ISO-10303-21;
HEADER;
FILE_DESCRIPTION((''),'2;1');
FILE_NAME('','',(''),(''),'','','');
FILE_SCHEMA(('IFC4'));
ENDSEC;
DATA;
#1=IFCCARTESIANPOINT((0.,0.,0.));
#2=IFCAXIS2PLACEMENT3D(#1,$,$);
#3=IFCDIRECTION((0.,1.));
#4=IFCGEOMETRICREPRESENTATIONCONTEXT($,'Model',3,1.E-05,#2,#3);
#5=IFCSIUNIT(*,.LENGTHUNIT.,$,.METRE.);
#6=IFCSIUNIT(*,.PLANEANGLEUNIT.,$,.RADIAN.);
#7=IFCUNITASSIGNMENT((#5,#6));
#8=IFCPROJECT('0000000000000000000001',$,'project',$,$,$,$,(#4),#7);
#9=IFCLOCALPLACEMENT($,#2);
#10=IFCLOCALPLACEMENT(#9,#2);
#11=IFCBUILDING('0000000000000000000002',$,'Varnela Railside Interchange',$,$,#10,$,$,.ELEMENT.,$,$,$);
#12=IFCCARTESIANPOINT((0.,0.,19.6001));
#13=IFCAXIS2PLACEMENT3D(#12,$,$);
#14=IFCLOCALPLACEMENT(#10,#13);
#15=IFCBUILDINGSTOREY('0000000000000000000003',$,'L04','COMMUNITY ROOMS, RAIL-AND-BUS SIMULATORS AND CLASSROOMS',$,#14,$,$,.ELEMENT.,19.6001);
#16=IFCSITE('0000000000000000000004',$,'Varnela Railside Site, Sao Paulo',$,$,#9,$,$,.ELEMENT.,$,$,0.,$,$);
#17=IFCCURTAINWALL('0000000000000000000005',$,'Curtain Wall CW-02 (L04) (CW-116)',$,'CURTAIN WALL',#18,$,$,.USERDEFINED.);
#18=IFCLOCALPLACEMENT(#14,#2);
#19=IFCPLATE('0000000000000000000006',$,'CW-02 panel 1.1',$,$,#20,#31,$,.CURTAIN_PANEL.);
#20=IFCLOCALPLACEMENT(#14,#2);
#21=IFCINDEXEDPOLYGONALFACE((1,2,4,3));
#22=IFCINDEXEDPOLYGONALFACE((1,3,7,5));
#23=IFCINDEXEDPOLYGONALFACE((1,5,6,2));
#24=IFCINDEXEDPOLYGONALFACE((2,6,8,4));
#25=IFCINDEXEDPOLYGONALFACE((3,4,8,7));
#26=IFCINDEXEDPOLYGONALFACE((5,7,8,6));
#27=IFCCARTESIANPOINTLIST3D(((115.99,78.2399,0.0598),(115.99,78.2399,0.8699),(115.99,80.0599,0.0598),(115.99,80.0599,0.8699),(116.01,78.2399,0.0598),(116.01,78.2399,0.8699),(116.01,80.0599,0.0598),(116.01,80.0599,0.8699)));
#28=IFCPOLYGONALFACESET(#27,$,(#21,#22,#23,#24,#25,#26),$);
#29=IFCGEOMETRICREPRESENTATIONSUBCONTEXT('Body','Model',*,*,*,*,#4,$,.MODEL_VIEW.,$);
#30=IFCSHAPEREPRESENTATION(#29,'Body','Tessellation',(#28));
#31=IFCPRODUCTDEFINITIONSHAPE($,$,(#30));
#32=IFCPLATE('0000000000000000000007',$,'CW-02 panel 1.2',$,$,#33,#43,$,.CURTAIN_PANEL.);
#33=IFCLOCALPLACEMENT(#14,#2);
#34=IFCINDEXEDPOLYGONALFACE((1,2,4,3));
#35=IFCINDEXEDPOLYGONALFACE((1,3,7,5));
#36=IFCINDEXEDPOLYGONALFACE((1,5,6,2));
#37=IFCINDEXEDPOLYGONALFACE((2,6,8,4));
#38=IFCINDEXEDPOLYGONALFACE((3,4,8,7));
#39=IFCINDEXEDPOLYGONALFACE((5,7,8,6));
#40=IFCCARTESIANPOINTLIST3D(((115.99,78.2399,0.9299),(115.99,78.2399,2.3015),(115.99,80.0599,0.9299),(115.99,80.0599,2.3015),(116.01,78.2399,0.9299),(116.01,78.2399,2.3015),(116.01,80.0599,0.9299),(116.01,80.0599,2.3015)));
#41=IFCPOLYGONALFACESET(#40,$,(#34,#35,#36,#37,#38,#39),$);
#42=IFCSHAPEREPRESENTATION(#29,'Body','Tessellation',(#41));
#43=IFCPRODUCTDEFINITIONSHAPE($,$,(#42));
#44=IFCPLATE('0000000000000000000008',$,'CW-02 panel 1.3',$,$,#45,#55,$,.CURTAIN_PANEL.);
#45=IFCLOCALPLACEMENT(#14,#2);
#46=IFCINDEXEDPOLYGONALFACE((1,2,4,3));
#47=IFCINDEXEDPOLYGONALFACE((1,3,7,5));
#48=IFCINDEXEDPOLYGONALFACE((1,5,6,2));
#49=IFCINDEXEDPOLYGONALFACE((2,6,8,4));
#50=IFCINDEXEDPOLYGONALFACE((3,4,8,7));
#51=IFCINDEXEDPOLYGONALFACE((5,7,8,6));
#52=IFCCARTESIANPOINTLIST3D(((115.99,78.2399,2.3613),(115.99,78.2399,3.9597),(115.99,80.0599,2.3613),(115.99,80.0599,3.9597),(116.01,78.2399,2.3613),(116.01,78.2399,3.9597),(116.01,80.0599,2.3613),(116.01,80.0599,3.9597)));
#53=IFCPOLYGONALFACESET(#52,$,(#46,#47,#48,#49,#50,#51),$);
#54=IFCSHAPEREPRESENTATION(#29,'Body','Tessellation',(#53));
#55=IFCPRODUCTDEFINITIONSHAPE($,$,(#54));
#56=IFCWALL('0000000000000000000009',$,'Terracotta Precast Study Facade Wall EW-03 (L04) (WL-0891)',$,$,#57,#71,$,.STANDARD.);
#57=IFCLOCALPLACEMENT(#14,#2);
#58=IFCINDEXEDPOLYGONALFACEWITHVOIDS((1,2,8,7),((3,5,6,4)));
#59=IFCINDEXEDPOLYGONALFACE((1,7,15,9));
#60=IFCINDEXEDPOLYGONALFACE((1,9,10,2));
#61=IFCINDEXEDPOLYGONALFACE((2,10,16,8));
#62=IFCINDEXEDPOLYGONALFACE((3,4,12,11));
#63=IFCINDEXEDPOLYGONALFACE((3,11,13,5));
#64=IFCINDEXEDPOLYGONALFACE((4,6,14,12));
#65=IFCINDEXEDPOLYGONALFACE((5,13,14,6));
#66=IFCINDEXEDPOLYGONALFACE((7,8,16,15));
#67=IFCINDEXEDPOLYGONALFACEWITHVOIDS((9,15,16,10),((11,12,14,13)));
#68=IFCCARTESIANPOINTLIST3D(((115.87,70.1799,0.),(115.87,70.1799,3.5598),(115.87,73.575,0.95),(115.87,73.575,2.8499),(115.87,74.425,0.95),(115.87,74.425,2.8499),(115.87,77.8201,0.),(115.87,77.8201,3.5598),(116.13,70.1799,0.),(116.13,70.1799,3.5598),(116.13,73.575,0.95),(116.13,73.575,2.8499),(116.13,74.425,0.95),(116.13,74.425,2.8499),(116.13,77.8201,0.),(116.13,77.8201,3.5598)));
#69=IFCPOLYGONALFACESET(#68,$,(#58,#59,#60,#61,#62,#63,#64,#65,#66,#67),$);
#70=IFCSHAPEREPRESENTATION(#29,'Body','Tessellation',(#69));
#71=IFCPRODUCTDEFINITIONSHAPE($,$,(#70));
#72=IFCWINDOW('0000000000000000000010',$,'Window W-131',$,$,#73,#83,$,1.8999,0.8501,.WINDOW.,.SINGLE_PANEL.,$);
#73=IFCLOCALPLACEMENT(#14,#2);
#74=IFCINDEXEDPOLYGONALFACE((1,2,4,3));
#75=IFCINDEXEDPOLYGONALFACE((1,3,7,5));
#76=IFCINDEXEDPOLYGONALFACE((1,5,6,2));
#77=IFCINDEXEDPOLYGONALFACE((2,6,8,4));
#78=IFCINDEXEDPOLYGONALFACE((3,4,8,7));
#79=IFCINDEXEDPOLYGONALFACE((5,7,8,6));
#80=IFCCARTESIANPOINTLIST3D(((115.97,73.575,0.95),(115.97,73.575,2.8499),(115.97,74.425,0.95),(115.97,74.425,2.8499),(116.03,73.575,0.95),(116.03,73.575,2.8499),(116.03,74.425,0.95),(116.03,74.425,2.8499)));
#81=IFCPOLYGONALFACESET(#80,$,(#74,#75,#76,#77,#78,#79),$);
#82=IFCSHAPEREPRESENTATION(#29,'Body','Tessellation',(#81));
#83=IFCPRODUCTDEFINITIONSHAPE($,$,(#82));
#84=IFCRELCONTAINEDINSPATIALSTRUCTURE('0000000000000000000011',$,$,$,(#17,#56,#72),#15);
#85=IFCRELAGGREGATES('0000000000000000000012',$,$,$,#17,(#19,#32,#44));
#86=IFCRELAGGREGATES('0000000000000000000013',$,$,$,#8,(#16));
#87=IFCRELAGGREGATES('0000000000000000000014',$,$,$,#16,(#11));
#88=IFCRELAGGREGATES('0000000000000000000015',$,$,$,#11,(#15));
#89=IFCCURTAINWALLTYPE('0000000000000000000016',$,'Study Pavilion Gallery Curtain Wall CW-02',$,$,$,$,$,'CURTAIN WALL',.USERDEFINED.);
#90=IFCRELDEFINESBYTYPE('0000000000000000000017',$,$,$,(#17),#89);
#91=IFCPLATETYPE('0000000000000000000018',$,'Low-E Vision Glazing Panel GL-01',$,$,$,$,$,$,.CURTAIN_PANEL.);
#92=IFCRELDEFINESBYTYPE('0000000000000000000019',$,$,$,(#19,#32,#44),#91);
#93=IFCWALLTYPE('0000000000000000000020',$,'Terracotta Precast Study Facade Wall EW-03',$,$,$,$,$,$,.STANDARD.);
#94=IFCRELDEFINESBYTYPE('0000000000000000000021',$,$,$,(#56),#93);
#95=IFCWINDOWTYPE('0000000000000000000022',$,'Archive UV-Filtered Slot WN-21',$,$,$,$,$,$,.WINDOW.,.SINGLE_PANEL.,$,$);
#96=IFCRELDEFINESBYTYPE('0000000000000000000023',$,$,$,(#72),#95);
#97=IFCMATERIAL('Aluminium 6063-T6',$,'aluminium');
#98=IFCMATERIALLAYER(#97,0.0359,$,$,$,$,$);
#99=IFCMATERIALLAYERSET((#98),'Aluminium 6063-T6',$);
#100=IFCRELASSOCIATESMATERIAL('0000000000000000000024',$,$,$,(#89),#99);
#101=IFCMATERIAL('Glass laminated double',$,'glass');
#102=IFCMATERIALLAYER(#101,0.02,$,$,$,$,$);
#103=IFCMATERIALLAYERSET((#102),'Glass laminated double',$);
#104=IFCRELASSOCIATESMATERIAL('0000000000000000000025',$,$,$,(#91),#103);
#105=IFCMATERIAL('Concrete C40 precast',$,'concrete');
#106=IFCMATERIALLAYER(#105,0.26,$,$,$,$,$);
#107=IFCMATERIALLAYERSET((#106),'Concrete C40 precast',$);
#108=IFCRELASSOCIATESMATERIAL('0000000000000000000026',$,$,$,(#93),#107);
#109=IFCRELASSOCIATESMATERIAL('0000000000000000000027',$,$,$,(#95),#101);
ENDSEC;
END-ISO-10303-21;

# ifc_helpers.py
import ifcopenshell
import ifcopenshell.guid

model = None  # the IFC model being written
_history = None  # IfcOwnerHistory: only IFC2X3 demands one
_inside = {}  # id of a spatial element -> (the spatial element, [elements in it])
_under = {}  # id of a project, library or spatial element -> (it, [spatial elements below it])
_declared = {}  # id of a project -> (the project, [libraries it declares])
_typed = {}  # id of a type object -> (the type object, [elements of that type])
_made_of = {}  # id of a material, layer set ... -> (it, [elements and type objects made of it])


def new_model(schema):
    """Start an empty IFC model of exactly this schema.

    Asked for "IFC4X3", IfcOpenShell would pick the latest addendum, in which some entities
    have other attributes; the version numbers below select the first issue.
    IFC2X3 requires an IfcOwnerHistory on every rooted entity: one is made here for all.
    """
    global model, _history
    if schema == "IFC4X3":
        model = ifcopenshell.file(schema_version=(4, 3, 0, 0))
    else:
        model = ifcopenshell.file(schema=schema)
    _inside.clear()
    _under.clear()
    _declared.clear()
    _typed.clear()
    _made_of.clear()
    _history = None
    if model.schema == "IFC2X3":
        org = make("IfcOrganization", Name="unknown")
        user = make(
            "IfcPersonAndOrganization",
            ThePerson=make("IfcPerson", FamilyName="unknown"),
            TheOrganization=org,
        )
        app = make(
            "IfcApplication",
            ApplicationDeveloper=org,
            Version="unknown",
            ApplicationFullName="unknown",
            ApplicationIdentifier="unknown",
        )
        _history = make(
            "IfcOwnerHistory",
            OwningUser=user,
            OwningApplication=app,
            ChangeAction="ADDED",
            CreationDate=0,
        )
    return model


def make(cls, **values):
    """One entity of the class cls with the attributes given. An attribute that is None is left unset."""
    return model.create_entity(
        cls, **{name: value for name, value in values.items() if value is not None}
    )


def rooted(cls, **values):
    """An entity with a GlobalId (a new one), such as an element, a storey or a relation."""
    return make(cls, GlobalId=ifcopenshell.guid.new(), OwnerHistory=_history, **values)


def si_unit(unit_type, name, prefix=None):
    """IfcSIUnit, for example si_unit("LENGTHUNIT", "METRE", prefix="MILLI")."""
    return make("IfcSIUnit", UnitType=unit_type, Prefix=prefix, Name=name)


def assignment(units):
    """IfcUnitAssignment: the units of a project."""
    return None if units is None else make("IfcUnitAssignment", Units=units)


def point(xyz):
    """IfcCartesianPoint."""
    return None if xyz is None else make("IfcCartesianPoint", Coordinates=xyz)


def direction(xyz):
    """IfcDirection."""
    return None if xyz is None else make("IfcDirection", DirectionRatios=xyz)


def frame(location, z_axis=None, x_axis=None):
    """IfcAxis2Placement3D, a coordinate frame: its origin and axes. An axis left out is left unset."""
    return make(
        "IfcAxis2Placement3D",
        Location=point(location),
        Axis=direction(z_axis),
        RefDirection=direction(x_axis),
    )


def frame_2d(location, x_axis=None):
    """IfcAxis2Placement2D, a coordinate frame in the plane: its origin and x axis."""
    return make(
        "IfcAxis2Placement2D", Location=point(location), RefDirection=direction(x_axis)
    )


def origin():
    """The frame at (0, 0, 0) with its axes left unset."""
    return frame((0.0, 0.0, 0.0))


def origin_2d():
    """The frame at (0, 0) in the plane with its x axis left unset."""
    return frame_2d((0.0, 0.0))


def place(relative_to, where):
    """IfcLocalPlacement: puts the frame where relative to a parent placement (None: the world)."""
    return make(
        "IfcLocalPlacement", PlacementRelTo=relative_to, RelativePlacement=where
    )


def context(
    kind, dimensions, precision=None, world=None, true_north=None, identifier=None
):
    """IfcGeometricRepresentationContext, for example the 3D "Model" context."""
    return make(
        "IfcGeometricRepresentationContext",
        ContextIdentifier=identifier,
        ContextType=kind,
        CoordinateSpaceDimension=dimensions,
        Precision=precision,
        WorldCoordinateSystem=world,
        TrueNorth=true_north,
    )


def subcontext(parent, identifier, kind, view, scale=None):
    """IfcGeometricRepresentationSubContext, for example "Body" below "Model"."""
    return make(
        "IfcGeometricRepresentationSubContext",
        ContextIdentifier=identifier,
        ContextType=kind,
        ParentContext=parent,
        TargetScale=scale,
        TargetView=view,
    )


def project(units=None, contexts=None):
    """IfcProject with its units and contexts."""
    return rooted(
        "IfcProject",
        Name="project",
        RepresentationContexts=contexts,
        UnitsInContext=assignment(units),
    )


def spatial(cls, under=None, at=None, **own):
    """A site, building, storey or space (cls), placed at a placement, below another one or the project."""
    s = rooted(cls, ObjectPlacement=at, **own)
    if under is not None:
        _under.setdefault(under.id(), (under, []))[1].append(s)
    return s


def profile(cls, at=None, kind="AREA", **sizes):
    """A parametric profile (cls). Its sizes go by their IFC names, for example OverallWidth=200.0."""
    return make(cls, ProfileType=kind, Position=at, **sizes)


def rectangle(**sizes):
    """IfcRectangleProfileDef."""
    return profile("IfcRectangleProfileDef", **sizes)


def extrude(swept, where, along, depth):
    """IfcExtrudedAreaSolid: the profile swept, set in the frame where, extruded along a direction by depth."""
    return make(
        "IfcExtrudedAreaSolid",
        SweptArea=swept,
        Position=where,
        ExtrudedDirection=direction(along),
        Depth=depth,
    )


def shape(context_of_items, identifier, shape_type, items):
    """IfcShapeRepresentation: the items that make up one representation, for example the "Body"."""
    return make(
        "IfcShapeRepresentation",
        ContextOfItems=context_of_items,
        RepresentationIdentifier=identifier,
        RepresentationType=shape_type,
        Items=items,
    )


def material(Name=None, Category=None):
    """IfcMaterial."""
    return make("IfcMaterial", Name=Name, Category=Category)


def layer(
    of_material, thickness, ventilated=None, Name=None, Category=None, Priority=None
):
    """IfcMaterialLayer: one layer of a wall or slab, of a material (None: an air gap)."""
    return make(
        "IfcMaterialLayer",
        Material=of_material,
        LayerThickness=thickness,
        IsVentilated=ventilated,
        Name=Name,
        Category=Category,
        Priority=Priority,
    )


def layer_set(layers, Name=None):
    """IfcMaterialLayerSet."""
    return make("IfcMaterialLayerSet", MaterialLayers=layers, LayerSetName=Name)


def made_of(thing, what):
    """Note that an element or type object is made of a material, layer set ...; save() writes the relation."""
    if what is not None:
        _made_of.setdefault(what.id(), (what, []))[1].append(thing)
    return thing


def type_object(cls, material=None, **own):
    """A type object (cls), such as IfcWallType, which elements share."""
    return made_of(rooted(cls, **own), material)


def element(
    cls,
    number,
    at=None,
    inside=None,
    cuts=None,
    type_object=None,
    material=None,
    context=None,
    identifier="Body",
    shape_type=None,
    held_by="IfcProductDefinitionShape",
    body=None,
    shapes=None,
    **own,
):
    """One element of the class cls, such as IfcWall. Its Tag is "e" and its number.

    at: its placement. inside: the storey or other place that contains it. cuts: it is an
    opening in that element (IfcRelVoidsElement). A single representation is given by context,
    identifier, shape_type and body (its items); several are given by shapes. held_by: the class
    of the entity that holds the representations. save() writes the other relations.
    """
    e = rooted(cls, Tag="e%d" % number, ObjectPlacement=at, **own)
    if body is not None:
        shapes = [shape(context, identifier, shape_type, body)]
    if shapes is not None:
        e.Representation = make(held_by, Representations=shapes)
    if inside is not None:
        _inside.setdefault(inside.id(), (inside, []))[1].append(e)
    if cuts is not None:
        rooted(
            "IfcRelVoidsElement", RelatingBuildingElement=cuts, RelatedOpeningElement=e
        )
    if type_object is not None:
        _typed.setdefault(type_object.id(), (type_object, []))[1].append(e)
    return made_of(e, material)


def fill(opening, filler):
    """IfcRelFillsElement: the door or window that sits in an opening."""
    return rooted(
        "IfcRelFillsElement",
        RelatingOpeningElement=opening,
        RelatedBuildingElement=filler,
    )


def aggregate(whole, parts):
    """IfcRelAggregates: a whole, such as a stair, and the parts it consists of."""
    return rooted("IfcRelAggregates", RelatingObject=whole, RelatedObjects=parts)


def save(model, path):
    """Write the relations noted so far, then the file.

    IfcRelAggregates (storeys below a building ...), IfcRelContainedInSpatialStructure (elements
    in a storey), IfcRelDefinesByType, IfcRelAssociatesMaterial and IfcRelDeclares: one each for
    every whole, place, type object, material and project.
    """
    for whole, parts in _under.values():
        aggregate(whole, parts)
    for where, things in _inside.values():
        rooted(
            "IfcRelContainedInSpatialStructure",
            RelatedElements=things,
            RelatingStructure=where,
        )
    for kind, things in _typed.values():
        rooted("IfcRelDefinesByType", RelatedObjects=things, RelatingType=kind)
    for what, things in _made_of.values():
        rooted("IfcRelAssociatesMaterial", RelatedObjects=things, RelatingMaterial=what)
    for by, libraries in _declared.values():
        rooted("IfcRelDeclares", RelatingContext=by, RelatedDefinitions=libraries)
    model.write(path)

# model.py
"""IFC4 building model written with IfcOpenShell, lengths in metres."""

from ifc_helpers import new_model, si_unit, direction, frame, frame_2d, origin, origin_2d, place, context, subcontext, project, spatial, rectangle, extrude, material, layer, layer_set, type_object, element, fill, aggregate, save


model = new_model("IFC4")

# Units and contexts
model_context = context("Model", 3, precision=1e-05, world=origin(), true_north=direction((0.0, 1.0)))
body_context = subcontext(model_context, "Body", "Model", "MODEL_VIEW")
ifc_project = project(units=[si_unit("LENGTHUNIT", "METRE"), si_unit("PLANEANGLEUNIT", "RADIAN")], contexts=[model_context])

# Site, building, storey
site_placement = place(None, origin())
site = spatial("IfcSite", under=ifc_project, at=site_placement, Name="Varnela Railside Site, Sao Paulo", CompositionType="ELEMENT", RefElevation=0.0)
building_placement = place(site_placement, origin())
building = spatial("IfcBuilding", under=site, at=building_placement, Name="Varnela Railside Interchange", CompositionType="ELEMENT")
storey_placement = place(building_placement, frame((0.0, 0.0, 19.6001)))
storey = spatial("IfcBuildingStorey", under=building, at=storey_placement, Name="L04", Description="COMMUNITY ROOMS, RAIL-AND-BUS SIMULATORS AND CLASSROOMS", CompositionType="ELEMENT", Elevation=19.6001)

# Curtain wall
ifc_material_1 = material(Name="Aluminium 6063-T6", Category="aluminium")
ifc_layer_1 = layer(ifc_material_1, 0.0359)
ifc_layer_set_1 = layer_set([ifc_layer_1], Name="Aluminium 6063-T6")
curtain_wall_type = type_object("IfcCurtainWallType", Name="Study Pavilion Gallery Curtain Wall CW-02", ElementType="CURTAIN WALL", PredefinedType="USERDEFINED", material=ifc_layer_set_1)
curtain_wall_1_placement = place(storey_placement, origin())
curtain_wall_1 = element("IfcCurtainWall", 1, at=curtain_wall_1_placement, inside=storey, type_object=curtain_wall_type, Name="Curtain Wall CW-02 (L04) (CW-116)", ObjectType="CURTAIN WALL", PredefinedType="USERDEFINED")

# Plates
ifc_material_2 = material(Name="Glass laminated double", Category="glass")
ifc_layer_2 = layer(ifc_material_2, 0.02)
ifc_layer_set_2 = layer_set([ifc_layer_2], Name="Glass laminated double")
plate_type = type_object("IfcPlateType", Name="Low-E Vision Glazing Panel GL-01", PredefinedType="CURTAIN_PANEL", material=ifc_layer_set_2)
plate_1_placement = place(storey_placement, frame((116.0, 79.1499, 0.0598), z_axis=(0.0, 0.0, 1.0), x_axis=(0.0, 1.0, 0.0)))
plate_1 = element("IfcPlate", 2, at=plate_1_placement, type_object=plate_type, Name="CW-02 panel 1.1", PredefinedType="CURTAIN_PANEL", context=body_context, shape_type="SweptSolid", body=[
    extrude(rectangle(XDim=1.8201, YDim=0.02, at=origin_2d()), origin(), (0.0, 0.0, 1.0), 0.8101),
])
plate_2_placement = place(storey_placement, frame((116.0, 79.1499, 0.9299), z_axis=(0.0, 0.0, 1.0), x_axis=(0.0, 1.0, 0.0)))
plate_2 = element("IfcPlate", 3, at=plate_2_placement, type_object=plate_type, Name="CW-02 panel 1.2", PredefinedType="CURTAIN_PANEL", context=body_context, shape_type="SweptSolid", body=[
    extrude(rectangle(XDim=1.8201, YDim=0.02, at=origin_2d()), origin(), (0.0, 0.0, 1.0), 1.3716),
])
plate_3_placement = place(storey_placement, frame((116.0, 79.1499, 2.3613), z_axis=(0.0, 0.0, 1.0), x_axis=(0.0, 1.0, 0.0)))
plate_3 = element("IfcPlate", 4, at=plate_3_placement, type_object=plate_type, Name="CW-02 panel 1.3", PredefinedType="CURTAIN_PANEL", context=body_context, shape_type="SweptSolid", body=[
    extrude(rectangle(XDim=1.8201, YDim=0.02, at=origin_2d()), origin(), (0.0, 0.0, 1.0), 1.5984),
])
aggregate(curtain_wall_1, [plate_1, plate_2, plate_3])

# Wall, opening, window
ifc_material_3 = material(Name="Concrete C40 precast", Category="concrete")
ifc_layer_3 = layer(ifc_material_3, 0.26)
ifc_layer_set_3 = layer_set([ifc_layer_3], Name="Concrete C40 precast")
wall_type = type_object("IfcWallType", Name="Terracotta Precast Study Facade Wall EW-03", PredefinedType="STANDARD", material=ifc_layer_set_3)
wall_placement = place(storey_placement, frame((116.0, 70.1799, 0.0), z_axis=(0.0, 0.0, 1.0), x_axis=(0.0, 1.0, 0.0)))
wall = element("IfcWall", 5, at=wall_placement, inside=storey, type_object=wall_type, Name="Terracotta Precast Study Facade Wall EW-03 (L04) (WL-0891)", PredefinedType="STANDARD", context=body_context, shape_type="SweptSolid", body=[
    extrude(rectangle(XDim=7.6401, YDim=0.26, at=frame_2d((3.8201, 0.0))), origin(), (0.0, 0.0, 1.0), 3.5598),
])
opening_placement = place(wall_placement, frame((3.395, 0.0, 0.95)))
opening = element("IfcOpeningElement", 6, at=opening_placement, cuts=wall, PredefinedType="OPENING", context=body_context, shape_type="SweptSolid", body=[
    extrude(rectangle(XDim=0.8501, YDim=1.8999, at=frame_2d((0.425, 0.95))), frame((0.0, 0.1399, 0.0), z_axis=(0.0, -1.0, 0.0), x_axis=(1.0, 0.0, 0.0)), (0.0, 0.0, 1.0), 0.28),
])
window_type = type_object("IfcWindowType", Name="Archive UV-Filtered Slot WN-21", PartitioningType="SINGLE_PANEL", PredefinedType="WINDOW", material=ifc_material_2)
window_placement = place(opening_placement, origin())
window = element("IfcWindow", 7, at=window_placement, inside=storey, type_object=window_type, Name="Window W-131", OverallHeight=1.8999, OverallWidth=0.8501, PartitioningType="SINGLE_PANEL", PredefinedType="WINDOW", context=body_context, shape_type="SweptSolid", body=[
    extrude(rectangle(XDim=0.8501, YDim=1.8999, at=frame_2d((0.425, 0.95))), frame((0.0, 0.03, 0.0), z_axis=(0.0, -1.0, 0.0), x_axis=(1.0, 0.0, 0.0)), (0.0, 0.0, 1.0), 0.0601),
])
fill(opening, window)

save(model, "model.ifc")
